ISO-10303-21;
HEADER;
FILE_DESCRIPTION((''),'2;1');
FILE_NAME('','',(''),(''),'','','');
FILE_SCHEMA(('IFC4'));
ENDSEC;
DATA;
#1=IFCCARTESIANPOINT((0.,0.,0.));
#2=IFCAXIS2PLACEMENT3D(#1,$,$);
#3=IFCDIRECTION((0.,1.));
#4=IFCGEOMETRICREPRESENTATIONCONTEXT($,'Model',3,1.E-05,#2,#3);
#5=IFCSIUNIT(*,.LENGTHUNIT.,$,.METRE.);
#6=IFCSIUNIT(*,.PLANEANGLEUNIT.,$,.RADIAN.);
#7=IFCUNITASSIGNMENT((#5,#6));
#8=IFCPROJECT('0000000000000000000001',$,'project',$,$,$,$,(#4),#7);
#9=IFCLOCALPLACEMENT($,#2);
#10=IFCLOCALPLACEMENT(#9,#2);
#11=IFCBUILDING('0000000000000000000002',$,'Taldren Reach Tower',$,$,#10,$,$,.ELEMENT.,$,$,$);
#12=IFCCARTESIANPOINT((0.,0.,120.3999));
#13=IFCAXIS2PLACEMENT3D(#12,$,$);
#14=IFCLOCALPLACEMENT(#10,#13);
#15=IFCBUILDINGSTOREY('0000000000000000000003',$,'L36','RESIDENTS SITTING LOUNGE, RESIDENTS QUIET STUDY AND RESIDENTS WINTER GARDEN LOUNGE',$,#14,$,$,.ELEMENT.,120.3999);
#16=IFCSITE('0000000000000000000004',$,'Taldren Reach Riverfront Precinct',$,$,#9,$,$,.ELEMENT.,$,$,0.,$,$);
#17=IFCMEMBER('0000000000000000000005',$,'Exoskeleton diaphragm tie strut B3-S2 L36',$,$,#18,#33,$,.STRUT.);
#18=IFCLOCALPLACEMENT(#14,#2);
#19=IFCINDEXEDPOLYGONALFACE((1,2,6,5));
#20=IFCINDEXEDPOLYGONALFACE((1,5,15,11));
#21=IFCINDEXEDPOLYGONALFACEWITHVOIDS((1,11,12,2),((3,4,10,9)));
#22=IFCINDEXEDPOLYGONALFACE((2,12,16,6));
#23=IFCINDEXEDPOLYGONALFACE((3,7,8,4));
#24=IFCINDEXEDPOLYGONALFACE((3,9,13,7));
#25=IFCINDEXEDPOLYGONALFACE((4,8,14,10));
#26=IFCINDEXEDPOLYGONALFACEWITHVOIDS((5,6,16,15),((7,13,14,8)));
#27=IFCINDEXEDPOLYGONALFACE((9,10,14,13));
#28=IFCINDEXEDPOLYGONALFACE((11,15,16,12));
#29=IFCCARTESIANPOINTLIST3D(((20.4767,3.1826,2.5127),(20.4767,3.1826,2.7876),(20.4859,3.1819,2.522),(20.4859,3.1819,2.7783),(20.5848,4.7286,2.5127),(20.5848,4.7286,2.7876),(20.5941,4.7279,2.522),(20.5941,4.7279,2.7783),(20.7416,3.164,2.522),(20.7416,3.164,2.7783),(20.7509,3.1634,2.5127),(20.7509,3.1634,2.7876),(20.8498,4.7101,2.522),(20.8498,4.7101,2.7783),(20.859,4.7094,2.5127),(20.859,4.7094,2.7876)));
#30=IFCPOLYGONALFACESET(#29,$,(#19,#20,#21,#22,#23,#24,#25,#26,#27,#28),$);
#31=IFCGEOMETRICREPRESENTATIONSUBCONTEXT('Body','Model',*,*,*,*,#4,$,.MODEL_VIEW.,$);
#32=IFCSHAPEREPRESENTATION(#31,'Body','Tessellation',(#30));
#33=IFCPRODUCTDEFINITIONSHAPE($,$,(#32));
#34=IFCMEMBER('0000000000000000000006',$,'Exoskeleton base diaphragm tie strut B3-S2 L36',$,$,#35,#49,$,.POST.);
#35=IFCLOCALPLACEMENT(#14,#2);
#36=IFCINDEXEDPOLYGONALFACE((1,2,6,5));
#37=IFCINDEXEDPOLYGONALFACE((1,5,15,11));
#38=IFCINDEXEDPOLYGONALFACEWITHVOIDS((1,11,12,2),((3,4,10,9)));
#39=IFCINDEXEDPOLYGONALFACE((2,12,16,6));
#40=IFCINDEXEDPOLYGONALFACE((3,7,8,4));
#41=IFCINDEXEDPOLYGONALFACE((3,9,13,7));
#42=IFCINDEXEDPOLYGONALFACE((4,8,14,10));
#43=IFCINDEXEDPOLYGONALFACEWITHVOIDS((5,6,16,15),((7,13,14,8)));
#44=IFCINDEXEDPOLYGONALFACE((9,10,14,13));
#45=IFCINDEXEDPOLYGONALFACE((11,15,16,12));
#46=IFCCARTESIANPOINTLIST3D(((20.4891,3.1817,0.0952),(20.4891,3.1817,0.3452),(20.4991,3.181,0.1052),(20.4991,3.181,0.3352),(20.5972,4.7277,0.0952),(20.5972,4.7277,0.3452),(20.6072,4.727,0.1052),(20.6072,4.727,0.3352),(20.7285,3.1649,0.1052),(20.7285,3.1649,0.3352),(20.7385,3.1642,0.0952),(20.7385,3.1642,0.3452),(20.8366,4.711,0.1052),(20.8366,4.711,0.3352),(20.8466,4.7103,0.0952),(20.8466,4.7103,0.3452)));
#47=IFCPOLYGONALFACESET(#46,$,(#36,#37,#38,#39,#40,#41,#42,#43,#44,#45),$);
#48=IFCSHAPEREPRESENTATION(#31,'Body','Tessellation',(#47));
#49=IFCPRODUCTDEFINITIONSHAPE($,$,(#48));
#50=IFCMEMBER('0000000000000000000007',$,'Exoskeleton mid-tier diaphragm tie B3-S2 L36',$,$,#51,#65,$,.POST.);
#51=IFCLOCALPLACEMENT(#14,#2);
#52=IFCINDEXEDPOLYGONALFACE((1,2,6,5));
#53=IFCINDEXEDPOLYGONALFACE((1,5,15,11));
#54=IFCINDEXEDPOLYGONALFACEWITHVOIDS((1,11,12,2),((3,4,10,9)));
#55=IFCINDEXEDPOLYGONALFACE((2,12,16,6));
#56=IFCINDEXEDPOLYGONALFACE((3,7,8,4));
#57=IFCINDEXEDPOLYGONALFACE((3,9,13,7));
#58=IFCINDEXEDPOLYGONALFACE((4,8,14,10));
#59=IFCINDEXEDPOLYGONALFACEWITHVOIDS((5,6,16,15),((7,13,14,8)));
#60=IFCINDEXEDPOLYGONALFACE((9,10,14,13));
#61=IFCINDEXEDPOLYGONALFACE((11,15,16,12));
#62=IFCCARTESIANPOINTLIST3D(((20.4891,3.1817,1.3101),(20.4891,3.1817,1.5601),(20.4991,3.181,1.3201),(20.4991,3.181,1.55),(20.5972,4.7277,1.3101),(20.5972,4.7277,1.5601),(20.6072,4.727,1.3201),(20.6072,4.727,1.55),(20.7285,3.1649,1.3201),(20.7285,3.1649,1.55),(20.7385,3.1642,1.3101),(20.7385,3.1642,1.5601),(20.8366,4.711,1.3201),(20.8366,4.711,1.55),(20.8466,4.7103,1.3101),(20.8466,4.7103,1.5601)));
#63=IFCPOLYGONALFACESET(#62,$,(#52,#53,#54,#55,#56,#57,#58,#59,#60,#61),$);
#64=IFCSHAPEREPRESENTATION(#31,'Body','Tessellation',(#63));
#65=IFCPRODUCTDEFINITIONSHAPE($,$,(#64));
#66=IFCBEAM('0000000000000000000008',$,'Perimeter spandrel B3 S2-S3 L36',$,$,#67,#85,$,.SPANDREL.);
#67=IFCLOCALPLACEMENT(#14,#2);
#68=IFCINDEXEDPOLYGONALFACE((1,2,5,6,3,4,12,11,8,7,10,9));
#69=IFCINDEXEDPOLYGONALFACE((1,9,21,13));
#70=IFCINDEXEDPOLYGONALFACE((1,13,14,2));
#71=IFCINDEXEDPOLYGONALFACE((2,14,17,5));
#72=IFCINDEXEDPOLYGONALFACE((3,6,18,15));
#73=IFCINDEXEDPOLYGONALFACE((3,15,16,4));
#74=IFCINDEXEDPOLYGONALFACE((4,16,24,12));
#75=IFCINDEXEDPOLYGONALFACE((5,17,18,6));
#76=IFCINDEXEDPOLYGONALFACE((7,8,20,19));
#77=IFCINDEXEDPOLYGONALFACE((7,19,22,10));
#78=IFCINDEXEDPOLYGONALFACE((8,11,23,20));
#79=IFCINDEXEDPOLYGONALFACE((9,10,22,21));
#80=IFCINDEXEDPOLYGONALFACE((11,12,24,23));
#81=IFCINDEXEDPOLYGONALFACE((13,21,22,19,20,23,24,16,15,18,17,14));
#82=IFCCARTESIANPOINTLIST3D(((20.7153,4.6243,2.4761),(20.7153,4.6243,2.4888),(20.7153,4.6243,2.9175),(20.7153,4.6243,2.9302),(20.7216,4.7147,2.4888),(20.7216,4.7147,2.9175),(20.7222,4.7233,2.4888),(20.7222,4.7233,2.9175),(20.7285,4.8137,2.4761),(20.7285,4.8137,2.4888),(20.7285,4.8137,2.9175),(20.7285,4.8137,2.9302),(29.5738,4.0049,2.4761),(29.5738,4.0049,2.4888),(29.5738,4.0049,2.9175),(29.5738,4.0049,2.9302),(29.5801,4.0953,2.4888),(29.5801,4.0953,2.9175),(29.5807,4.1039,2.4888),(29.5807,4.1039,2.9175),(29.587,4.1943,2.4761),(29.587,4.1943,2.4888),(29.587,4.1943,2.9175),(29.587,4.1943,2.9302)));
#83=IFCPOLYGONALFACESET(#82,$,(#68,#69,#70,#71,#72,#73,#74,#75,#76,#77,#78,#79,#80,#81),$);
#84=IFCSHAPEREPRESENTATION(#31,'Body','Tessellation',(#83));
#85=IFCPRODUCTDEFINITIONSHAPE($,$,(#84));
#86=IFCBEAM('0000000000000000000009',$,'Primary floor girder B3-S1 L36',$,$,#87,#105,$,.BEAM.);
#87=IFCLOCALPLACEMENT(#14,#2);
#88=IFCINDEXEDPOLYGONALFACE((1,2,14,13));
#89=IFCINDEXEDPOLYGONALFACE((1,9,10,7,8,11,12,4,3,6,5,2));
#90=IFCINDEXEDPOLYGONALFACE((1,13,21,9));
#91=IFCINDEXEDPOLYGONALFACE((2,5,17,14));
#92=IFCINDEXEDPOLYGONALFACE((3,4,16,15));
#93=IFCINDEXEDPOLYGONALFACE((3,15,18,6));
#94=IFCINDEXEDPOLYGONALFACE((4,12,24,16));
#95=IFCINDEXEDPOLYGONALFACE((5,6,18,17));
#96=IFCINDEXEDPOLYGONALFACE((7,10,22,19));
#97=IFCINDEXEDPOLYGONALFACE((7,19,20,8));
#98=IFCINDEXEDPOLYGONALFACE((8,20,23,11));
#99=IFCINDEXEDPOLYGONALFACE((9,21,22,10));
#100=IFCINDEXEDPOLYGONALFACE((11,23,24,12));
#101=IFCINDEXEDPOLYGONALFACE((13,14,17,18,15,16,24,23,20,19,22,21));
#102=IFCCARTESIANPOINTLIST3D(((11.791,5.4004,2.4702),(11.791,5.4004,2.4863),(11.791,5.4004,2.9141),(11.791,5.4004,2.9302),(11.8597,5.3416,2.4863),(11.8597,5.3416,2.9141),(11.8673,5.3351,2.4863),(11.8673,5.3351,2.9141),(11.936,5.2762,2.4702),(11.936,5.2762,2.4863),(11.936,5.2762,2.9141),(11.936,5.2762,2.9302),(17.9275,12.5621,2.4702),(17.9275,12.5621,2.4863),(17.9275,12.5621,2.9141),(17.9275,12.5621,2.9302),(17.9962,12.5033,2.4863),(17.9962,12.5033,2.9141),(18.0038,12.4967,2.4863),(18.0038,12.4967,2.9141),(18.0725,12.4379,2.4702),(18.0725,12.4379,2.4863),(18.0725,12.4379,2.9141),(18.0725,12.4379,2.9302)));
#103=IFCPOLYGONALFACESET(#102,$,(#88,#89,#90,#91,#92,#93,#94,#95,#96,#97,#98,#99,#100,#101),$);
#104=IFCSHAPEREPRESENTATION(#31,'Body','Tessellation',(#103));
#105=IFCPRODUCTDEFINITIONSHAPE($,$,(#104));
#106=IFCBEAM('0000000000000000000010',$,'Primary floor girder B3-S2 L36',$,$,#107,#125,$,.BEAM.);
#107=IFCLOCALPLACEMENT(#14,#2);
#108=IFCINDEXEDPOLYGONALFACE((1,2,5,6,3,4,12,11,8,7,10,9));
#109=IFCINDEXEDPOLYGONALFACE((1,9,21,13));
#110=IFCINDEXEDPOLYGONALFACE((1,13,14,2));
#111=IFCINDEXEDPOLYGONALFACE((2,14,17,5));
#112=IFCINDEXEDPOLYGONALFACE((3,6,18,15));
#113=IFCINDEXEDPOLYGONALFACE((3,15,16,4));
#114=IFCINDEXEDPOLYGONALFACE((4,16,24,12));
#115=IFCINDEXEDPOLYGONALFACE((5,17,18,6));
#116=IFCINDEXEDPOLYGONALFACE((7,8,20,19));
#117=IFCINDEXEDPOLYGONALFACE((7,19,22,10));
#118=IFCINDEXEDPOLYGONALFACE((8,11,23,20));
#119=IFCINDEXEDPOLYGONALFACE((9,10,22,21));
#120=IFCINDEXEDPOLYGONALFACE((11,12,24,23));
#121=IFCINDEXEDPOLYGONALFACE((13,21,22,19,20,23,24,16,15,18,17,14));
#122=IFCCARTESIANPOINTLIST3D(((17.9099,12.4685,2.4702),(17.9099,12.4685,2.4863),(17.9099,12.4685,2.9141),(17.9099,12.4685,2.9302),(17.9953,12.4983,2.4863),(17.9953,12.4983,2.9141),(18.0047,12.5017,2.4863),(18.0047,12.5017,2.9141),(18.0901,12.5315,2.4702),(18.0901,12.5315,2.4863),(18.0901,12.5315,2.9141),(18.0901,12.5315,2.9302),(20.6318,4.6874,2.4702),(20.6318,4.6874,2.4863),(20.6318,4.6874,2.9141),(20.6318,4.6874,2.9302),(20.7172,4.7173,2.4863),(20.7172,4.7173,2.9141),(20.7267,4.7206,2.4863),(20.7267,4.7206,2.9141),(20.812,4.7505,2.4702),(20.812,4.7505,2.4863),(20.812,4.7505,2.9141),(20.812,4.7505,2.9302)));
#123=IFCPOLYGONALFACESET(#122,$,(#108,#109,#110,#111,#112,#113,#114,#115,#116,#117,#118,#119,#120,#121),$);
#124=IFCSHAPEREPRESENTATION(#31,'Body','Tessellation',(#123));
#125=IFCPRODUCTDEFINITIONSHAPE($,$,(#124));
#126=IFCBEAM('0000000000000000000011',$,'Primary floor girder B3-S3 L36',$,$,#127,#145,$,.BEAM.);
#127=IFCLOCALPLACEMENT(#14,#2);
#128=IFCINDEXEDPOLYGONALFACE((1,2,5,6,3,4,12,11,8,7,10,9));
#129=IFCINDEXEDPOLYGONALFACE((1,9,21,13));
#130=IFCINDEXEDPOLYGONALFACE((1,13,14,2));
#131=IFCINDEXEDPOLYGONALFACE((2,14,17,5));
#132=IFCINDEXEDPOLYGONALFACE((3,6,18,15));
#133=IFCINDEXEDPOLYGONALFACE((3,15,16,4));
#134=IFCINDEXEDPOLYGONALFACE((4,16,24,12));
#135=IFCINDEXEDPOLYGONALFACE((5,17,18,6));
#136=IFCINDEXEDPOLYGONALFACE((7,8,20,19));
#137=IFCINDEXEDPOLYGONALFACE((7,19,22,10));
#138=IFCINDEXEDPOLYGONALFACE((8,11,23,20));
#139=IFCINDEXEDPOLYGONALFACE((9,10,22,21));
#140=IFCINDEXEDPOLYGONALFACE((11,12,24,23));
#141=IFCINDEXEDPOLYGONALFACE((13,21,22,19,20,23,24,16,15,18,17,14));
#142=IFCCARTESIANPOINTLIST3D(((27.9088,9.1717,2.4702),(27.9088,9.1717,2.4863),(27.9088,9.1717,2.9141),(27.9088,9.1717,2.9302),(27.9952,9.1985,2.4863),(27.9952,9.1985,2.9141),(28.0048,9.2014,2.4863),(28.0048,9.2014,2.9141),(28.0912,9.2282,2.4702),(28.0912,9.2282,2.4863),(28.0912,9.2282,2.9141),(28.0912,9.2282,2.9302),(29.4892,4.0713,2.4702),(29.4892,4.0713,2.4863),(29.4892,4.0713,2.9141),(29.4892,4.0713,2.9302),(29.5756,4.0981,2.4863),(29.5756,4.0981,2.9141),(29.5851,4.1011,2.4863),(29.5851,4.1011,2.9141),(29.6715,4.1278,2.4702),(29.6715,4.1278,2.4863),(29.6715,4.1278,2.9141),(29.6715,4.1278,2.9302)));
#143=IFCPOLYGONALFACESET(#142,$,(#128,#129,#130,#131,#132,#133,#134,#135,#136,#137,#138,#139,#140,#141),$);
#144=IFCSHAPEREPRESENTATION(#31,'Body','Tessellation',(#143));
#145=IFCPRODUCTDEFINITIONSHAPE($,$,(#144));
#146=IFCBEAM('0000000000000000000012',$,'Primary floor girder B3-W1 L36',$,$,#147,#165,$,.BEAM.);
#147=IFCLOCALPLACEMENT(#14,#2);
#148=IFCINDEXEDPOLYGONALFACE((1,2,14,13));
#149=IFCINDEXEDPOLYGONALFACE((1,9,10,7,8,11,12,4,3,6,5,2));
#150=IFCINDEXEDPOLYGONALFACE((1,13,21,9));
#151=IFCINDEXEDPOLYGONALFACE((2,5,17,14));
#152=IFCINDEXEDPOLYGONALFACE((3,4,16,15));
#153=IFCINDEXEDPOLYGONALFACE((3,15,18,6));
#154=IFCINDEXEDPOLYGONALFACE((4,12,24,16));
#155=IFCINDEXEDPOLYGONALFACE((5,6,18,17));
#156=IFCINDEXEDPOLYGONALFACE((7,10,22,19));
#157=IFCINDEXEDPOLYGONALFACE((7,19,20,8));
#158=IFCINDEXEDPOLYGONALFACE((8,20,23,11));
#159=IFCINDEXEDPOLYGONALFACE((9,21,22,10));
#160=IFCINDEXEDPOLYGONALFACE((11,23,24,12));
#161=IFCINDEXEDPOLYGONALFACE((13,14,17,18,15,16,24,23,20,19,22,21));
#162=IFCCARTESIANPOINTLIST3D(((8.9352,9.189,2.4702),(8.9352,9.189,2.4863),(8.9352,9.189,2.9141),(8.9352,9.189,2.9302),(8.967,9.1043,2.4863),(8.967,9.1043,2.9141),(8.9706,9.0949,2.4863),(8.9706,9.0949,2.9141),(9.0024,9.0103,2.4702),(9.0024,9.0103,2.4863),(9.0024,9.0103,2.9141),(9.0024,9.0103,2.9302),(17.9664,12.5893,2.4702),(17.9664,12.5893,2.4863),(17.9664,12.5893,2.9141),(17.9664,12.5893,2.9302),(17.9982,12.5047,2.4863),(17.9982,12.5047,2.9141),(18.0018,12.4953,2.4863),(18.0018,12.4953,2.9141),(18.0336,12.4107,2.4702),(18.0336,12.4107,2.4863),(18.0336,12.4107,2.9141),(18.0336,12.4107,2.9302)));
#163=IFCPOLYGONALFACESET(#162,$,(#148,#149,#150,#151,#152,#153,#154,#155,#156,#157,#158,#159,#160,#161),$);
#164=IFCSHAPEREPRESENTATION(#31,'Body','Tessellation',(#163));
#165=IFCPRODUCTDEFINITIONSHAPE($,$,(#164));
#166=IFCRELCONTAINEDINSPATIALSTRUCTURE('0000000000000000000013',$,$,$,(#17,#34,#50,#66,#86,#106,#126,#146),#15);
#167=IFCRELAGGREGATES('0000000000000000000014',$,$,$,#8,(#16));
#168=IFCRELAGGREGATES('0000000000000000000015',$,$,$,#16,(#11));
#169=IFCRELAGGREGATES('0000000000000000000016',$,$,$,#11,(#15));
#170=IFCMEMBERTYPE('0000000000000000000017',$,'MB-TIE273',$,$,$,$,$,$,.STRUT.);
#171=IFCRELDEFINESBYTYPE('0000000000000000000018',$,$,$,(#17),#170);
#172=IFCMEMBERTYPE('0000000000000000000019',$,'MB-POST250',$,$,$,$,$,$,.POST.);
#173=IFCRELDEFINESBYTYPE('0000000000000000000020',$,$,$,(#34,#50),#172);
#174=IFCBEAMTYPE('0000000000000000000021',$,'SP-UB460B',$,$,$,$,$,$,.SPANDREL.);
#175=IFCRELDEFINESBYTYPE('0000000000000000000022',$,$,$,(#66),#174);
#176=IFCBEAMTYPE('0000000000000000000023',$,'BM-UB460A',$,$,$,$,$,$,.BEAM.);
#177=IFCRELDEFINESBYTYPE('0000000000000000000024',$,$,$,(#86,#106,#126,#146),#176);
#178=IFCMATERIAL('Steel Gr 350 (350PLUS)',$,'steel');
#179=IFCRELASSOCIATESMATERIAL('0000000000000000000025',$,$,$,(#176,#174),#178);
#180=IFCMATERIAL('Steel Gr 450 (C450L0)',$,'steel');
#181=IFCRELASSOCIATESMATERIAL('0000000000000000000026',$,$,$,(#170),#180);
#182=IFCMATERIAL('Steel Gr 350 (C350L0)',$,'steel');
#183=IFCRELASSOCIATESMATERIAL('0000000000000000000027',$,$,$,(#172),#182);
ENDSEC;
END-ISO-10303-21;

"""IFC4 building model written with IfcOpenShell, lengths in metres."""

from ifc_helpers import new_model, si_unit, direction, frame, origin, origin_2d, place, context, subcontext, project, spatial, hollow_rectangle, i_section, extrude, source, transform, mapped, material, material_profile, profile_set, type_object, element, save


model = new_model("IFC4")

# Units and contexts
model_context = context("Model", 3, precision=1e-05, world=origin(), true_north=direction((0.0, 1.0)))
body_context = subcontext(model_context, "Body", "Model", "MODEL_VIEW")
ifc_project = project(units=[si_unit("LENGTHUNIT", "METRE"), si_unit("PLANEANGLEUNIT", "RADIAN")], contexts=[model_context])

# Site, building, storey
site_placement = place(None, origin())
site = spatial("IfcSite", under=ifc_project, at=site_placement, Name="Taldren Reach Riverfront Precinct", CompositionType="ELEMENT", RefElevation=0.0)
building_placement = place(site_placement, origin())
building = spatial("IfcBuilding", under=site, at=building_placement, Name="Taldren Reach Tower", CompositionType="ELEMENT")
storey_placement = place(building_placement, frame((0.0, 0.0, 120.3999)))
storey = spatial("IfcBuildingStorey", under=building, at=storey_placement, Name="L36", Description="RESIDENTS SITTING LOUNGE, RESIDENTS QUIET STUDY AND RESIDENTS WINTER GARDEN LOUNGE", CompositionType="ELEMENT", Elevation=120.3999)

# Shared definitions
ifc_material_1 = material(Name="Steel Gr 350 (350PLUS)", Category="steel")
ifc_material_2 = material(Name="Steel Gr 450 (C450L0)", Category="steel")

# Shared definitions
ifc_material_profile_1 = material_profile(ifc_material_1, i_section(OverallWidth=0.1909, OverallDepth=0.46, WebThickness=0.01, FlangeThickness=0.0161, at=origin_2d()), Name="460UB82.1")
ifc_profile_set_1 = profile_set([ifc_material_profile_1], Name="Steel Gr 350 (350PLUS)")
beam_type_1 = type_object("IfcBeamType", Name="BM-UB460A", PredefinedType="BEAM", material=ifc_profile_set_1)

# Members
ifc_material_profile_2 = material_profile(ifc_material_2, hollow_rectangle(XDim=0.2749, YDim=0.2749, WallThickness=0.0093, at=origin_2d()), Name="275x275x9.3SHS")
ifc_profile_set_2 = profile_set([ifc_material_profile_2], Name="Steel Gr 450 (C450L0)")
member_type_1 = type_object("IfcMemberType", Name="MB-TIE273", PredefinedType="STRUT", material=ifc_profile_set_2)
shared_shape_1 = source(origin(), body_context, "Body", "SweptSolid", [
    extrude(hollow_rectangle(XDim=0.2749, YDim=0.2749, WallThickness=0.0093, at=origin_2d()), origin(), (0.0, 0.0, 1.0), 1.5498),
])
member_placement = place(storey_placement, frame((20.7219, 4.719, 2.6501), z_axis=(-0.069781, -0.997562, 0.0), x_axis=(0.997562, -0.069781, 0.0)))
element("IfcMember", 1, at=member_placement, inside=storey, type_object=member_type_1, Name="Exoskeleton diaphragm tie strut B3-S2 L36", PredefinedType="STRUT", context=body_context, shape_type="MappedRepresentation", body=[
    mapped(shared_shape_1, transform((0.0, 0.0, 0.0), scale=1.0)),
])
ifc_material_3 = material(Name="Steel Gr 350 (C350L0)", Category="steel")
ifc_material_profile_3 = material_profile(ifc_material_3, hollow_rectangle(XDim=0.25, YDim=0.25, WallThickness=0.01, at=origin_2d()), Name="250x250x10.0SHS")
ifc_profile_set_3 = profile_set([ifc_material_profile_3], Name="Steel Gr 350 (C350L0)")
member_type_2 = type_object("IfcMemberType", Name="MB-POST250", PredefinedType="POST", material=ifc_profile_set_3)
shared_shape_2 = source(origin(), body_context, "Body", "SweptSolid", [
    extrude(hollow_rectangle(XDim=0.25, YDim=0.25, WallThickness=0.01, at=origin_2d()), origin(), (0.0, 0.0, 1.0), 1.5498),
])
for number, where, z_axis, x_axis, name in (
    (2, (20.7219, 4.719, 0.2202), (-0.069781, -0.997562, 0.0), (0.997562, -0.069781, 0.0), "Exoskeleton base diaphragm tie strut B3-S2 L36"),
    (3, (20.7219, 4.719, 1.4351), (-0.069781, -0.997562, 0.0), (0.997562, -0.069781, 0.0), "Exoskeleton mid-tier diaphragm tie B3-S2 L36"),
):
    element("IfcMember", number, at=place(storey_placement, frame(where, z_axis=z_axis, x_axis=x_axis)), inside=storey, type_object=member_type_2, Name=name, PredefinedType="POST", context=body_context, shape_type="MappedRepresentation", body=[
        mapped(shared_shape_2, transform((0.0, 0.0, 0.0), scale=1.0)),
    ])

# Beams
ifc_material_profile_4 = material_profile(ifc_material_1, i_section(OverallWidth=0.1899, OverallDepth=0.4541, WebThickness=0.0085, FlangeThickness=0.0127, at=origin_2d()), Name="460UB67.1")
ifc_profile_set_4 = profile_set([ifc_material_profile_4], Name="Steel Gr 350 (350PLUS)")
beam_type_2 = type_object("IfcBeamType", Name="SP-UB460B", PredefinedType="SPANDREL", material=ifc_profile_set_4)
shared_shape_3 = source(origin(), body_context, "Body", "SweptSolid", [
    extrude(i_section(OverallWidth=0.1899, OverallDepth=0.4541, WebThickness=0.0085, FlangeThickness=0.0127, at=origin_2d()), origin(), (0.0, 0.0, 1.0), 8.8801),
])
beam_1_placement = place(storey_placement, frame((20.7219, 4.719, 2.7031), z_axis=(0.997564, -0.06975, 0.0), x_axis=(0.06975, 0.997564, 0.0)))
element("IfcBeam", 4, at=beam_1_placement, inside=storey, type_object=beam_type_2, Name="Perimeter spandrel B3 S2-S3 L36", PredefinedType="SPANDREL", context=body_context, shape_type="MappedRepresentation", body=[
    mapped(shared_shape_3, transform((0.0, 0.0, 0.0), scale=1.0)),
])
shared_shape_4 = source(origin(), body_context, "Body", "SweptSolid", [
    extrude(i_section(OverallWidth=0.1909, OverallDepth=0.46, WebThickness=0.01, FlangeThickness=0.0161, at=origin_2d()), origin(), (0.0, 0.0, 1.0), 9.4312),
])
beam_2_placement = place(storey_placement, frame((18.0, 12.5, 2.7002), z_axis=(-0.650666, -0.759364, 0.0), x_axis=(0.759364, -0.650666, 0.0)))
element("IfcBeam", 5, at=beam_2_placement, inside=storey, type_object=beam_type_1, Name="Primary floor girder B3-S1 L36", PredefinedType="BEAM", context=body_context, shape_type="MappedRepresentation", body=[
    mapped(shared_shape_4, transform((0.0, 0.0, 0.0), scale=1.0)),
])
shared_shape_5 = source(origin(), body_context, "Body", "SweptSolid", [
    extrude(i_section(OverallWidth=0.1909, OverallDepth=0.46, WebThickness=0.01, FlangeThickness=0.0161, at=origin_2d()), origin(), (0.0, 0.0, 1.0), 8.2434),
])
beam_3_placement = place(storey_placement, frame((18.0, 12.5, 2.7002), z_axis=(0.330196, -0.943912, 0.0), x_axis=(0.943912, 0.330196, 0.0)))
element("IfcBeam", 6, at=beam_3_placement, inside=storey, type_object=beam_type_1, Name="Primary floor girder B3-S2 L36", PredefinedType="BEAM", context=body_context, shape_type="MappedRepresentation", body=[
    mapped(shared_shape_5, transform((0.0, 0.0, 0.0), scale=1.0)),
])
shared_shape_6 = source(origin(), body_context, "Body", "SweptSolid", [
    extrude(i_section(OverallWidth=0.1909, OverallDepth=0.46, WebThickness=0.01, FlangeThickness=0.0161, at=origin_2d()), origin(), (0.0, 0.0, 1.0), 5.3396),
])
beam_4_placement = place(storey_placement, frame((28.0, 9.2, 2.7002), z_axis=(0.295965, -0.955199, 0.0), x_axis=(0.955199, 0.295965, 0.0)))
element("IfcBeam", 7, at=beam_4_placement, inside=storey, type_object=beam_type_1, Name="Primary floor girder B3-S3 L36", PredefinedType="BEAM", context=body_context, shape_type="MappedRepresentation", body=[
    mapped(shared_shape_6, transform((0.0, 0.0, 0.0), scale=1.0)),
])
shared_shape_7 = source(origin(), body_context, "Body", "SweptSolid", [
    extrude(i_section(OverallWidth=0.1909, OverallDepth=0.46, WebThickness=0.01, FlangeThickness=0.0161, at=origin_2d()), origin(), (0.0, 0.0, 1.0), 9.6501),
])
beam_5_placement = place(storey_placement, frame((18.0, 12.5, 2.7002), z_axis=(-0.935863, -0.352365, 0.0), x_axis=(0.352365, -0.935863, 0.0)))
element("IfcBeam", 8, at=beam_5_placement, inside=storey, type_object=beam_type_1, Name="Primary floor girder B3-W1 L36", PredefinedType="BEAM", context=body_context, shape_type="MappedRepresentation", body=[
    mapped(shared_shape_7, transform((0.0, 0.0, 0.0), scale=1.0)),
])

save(model, "model.ifc")
